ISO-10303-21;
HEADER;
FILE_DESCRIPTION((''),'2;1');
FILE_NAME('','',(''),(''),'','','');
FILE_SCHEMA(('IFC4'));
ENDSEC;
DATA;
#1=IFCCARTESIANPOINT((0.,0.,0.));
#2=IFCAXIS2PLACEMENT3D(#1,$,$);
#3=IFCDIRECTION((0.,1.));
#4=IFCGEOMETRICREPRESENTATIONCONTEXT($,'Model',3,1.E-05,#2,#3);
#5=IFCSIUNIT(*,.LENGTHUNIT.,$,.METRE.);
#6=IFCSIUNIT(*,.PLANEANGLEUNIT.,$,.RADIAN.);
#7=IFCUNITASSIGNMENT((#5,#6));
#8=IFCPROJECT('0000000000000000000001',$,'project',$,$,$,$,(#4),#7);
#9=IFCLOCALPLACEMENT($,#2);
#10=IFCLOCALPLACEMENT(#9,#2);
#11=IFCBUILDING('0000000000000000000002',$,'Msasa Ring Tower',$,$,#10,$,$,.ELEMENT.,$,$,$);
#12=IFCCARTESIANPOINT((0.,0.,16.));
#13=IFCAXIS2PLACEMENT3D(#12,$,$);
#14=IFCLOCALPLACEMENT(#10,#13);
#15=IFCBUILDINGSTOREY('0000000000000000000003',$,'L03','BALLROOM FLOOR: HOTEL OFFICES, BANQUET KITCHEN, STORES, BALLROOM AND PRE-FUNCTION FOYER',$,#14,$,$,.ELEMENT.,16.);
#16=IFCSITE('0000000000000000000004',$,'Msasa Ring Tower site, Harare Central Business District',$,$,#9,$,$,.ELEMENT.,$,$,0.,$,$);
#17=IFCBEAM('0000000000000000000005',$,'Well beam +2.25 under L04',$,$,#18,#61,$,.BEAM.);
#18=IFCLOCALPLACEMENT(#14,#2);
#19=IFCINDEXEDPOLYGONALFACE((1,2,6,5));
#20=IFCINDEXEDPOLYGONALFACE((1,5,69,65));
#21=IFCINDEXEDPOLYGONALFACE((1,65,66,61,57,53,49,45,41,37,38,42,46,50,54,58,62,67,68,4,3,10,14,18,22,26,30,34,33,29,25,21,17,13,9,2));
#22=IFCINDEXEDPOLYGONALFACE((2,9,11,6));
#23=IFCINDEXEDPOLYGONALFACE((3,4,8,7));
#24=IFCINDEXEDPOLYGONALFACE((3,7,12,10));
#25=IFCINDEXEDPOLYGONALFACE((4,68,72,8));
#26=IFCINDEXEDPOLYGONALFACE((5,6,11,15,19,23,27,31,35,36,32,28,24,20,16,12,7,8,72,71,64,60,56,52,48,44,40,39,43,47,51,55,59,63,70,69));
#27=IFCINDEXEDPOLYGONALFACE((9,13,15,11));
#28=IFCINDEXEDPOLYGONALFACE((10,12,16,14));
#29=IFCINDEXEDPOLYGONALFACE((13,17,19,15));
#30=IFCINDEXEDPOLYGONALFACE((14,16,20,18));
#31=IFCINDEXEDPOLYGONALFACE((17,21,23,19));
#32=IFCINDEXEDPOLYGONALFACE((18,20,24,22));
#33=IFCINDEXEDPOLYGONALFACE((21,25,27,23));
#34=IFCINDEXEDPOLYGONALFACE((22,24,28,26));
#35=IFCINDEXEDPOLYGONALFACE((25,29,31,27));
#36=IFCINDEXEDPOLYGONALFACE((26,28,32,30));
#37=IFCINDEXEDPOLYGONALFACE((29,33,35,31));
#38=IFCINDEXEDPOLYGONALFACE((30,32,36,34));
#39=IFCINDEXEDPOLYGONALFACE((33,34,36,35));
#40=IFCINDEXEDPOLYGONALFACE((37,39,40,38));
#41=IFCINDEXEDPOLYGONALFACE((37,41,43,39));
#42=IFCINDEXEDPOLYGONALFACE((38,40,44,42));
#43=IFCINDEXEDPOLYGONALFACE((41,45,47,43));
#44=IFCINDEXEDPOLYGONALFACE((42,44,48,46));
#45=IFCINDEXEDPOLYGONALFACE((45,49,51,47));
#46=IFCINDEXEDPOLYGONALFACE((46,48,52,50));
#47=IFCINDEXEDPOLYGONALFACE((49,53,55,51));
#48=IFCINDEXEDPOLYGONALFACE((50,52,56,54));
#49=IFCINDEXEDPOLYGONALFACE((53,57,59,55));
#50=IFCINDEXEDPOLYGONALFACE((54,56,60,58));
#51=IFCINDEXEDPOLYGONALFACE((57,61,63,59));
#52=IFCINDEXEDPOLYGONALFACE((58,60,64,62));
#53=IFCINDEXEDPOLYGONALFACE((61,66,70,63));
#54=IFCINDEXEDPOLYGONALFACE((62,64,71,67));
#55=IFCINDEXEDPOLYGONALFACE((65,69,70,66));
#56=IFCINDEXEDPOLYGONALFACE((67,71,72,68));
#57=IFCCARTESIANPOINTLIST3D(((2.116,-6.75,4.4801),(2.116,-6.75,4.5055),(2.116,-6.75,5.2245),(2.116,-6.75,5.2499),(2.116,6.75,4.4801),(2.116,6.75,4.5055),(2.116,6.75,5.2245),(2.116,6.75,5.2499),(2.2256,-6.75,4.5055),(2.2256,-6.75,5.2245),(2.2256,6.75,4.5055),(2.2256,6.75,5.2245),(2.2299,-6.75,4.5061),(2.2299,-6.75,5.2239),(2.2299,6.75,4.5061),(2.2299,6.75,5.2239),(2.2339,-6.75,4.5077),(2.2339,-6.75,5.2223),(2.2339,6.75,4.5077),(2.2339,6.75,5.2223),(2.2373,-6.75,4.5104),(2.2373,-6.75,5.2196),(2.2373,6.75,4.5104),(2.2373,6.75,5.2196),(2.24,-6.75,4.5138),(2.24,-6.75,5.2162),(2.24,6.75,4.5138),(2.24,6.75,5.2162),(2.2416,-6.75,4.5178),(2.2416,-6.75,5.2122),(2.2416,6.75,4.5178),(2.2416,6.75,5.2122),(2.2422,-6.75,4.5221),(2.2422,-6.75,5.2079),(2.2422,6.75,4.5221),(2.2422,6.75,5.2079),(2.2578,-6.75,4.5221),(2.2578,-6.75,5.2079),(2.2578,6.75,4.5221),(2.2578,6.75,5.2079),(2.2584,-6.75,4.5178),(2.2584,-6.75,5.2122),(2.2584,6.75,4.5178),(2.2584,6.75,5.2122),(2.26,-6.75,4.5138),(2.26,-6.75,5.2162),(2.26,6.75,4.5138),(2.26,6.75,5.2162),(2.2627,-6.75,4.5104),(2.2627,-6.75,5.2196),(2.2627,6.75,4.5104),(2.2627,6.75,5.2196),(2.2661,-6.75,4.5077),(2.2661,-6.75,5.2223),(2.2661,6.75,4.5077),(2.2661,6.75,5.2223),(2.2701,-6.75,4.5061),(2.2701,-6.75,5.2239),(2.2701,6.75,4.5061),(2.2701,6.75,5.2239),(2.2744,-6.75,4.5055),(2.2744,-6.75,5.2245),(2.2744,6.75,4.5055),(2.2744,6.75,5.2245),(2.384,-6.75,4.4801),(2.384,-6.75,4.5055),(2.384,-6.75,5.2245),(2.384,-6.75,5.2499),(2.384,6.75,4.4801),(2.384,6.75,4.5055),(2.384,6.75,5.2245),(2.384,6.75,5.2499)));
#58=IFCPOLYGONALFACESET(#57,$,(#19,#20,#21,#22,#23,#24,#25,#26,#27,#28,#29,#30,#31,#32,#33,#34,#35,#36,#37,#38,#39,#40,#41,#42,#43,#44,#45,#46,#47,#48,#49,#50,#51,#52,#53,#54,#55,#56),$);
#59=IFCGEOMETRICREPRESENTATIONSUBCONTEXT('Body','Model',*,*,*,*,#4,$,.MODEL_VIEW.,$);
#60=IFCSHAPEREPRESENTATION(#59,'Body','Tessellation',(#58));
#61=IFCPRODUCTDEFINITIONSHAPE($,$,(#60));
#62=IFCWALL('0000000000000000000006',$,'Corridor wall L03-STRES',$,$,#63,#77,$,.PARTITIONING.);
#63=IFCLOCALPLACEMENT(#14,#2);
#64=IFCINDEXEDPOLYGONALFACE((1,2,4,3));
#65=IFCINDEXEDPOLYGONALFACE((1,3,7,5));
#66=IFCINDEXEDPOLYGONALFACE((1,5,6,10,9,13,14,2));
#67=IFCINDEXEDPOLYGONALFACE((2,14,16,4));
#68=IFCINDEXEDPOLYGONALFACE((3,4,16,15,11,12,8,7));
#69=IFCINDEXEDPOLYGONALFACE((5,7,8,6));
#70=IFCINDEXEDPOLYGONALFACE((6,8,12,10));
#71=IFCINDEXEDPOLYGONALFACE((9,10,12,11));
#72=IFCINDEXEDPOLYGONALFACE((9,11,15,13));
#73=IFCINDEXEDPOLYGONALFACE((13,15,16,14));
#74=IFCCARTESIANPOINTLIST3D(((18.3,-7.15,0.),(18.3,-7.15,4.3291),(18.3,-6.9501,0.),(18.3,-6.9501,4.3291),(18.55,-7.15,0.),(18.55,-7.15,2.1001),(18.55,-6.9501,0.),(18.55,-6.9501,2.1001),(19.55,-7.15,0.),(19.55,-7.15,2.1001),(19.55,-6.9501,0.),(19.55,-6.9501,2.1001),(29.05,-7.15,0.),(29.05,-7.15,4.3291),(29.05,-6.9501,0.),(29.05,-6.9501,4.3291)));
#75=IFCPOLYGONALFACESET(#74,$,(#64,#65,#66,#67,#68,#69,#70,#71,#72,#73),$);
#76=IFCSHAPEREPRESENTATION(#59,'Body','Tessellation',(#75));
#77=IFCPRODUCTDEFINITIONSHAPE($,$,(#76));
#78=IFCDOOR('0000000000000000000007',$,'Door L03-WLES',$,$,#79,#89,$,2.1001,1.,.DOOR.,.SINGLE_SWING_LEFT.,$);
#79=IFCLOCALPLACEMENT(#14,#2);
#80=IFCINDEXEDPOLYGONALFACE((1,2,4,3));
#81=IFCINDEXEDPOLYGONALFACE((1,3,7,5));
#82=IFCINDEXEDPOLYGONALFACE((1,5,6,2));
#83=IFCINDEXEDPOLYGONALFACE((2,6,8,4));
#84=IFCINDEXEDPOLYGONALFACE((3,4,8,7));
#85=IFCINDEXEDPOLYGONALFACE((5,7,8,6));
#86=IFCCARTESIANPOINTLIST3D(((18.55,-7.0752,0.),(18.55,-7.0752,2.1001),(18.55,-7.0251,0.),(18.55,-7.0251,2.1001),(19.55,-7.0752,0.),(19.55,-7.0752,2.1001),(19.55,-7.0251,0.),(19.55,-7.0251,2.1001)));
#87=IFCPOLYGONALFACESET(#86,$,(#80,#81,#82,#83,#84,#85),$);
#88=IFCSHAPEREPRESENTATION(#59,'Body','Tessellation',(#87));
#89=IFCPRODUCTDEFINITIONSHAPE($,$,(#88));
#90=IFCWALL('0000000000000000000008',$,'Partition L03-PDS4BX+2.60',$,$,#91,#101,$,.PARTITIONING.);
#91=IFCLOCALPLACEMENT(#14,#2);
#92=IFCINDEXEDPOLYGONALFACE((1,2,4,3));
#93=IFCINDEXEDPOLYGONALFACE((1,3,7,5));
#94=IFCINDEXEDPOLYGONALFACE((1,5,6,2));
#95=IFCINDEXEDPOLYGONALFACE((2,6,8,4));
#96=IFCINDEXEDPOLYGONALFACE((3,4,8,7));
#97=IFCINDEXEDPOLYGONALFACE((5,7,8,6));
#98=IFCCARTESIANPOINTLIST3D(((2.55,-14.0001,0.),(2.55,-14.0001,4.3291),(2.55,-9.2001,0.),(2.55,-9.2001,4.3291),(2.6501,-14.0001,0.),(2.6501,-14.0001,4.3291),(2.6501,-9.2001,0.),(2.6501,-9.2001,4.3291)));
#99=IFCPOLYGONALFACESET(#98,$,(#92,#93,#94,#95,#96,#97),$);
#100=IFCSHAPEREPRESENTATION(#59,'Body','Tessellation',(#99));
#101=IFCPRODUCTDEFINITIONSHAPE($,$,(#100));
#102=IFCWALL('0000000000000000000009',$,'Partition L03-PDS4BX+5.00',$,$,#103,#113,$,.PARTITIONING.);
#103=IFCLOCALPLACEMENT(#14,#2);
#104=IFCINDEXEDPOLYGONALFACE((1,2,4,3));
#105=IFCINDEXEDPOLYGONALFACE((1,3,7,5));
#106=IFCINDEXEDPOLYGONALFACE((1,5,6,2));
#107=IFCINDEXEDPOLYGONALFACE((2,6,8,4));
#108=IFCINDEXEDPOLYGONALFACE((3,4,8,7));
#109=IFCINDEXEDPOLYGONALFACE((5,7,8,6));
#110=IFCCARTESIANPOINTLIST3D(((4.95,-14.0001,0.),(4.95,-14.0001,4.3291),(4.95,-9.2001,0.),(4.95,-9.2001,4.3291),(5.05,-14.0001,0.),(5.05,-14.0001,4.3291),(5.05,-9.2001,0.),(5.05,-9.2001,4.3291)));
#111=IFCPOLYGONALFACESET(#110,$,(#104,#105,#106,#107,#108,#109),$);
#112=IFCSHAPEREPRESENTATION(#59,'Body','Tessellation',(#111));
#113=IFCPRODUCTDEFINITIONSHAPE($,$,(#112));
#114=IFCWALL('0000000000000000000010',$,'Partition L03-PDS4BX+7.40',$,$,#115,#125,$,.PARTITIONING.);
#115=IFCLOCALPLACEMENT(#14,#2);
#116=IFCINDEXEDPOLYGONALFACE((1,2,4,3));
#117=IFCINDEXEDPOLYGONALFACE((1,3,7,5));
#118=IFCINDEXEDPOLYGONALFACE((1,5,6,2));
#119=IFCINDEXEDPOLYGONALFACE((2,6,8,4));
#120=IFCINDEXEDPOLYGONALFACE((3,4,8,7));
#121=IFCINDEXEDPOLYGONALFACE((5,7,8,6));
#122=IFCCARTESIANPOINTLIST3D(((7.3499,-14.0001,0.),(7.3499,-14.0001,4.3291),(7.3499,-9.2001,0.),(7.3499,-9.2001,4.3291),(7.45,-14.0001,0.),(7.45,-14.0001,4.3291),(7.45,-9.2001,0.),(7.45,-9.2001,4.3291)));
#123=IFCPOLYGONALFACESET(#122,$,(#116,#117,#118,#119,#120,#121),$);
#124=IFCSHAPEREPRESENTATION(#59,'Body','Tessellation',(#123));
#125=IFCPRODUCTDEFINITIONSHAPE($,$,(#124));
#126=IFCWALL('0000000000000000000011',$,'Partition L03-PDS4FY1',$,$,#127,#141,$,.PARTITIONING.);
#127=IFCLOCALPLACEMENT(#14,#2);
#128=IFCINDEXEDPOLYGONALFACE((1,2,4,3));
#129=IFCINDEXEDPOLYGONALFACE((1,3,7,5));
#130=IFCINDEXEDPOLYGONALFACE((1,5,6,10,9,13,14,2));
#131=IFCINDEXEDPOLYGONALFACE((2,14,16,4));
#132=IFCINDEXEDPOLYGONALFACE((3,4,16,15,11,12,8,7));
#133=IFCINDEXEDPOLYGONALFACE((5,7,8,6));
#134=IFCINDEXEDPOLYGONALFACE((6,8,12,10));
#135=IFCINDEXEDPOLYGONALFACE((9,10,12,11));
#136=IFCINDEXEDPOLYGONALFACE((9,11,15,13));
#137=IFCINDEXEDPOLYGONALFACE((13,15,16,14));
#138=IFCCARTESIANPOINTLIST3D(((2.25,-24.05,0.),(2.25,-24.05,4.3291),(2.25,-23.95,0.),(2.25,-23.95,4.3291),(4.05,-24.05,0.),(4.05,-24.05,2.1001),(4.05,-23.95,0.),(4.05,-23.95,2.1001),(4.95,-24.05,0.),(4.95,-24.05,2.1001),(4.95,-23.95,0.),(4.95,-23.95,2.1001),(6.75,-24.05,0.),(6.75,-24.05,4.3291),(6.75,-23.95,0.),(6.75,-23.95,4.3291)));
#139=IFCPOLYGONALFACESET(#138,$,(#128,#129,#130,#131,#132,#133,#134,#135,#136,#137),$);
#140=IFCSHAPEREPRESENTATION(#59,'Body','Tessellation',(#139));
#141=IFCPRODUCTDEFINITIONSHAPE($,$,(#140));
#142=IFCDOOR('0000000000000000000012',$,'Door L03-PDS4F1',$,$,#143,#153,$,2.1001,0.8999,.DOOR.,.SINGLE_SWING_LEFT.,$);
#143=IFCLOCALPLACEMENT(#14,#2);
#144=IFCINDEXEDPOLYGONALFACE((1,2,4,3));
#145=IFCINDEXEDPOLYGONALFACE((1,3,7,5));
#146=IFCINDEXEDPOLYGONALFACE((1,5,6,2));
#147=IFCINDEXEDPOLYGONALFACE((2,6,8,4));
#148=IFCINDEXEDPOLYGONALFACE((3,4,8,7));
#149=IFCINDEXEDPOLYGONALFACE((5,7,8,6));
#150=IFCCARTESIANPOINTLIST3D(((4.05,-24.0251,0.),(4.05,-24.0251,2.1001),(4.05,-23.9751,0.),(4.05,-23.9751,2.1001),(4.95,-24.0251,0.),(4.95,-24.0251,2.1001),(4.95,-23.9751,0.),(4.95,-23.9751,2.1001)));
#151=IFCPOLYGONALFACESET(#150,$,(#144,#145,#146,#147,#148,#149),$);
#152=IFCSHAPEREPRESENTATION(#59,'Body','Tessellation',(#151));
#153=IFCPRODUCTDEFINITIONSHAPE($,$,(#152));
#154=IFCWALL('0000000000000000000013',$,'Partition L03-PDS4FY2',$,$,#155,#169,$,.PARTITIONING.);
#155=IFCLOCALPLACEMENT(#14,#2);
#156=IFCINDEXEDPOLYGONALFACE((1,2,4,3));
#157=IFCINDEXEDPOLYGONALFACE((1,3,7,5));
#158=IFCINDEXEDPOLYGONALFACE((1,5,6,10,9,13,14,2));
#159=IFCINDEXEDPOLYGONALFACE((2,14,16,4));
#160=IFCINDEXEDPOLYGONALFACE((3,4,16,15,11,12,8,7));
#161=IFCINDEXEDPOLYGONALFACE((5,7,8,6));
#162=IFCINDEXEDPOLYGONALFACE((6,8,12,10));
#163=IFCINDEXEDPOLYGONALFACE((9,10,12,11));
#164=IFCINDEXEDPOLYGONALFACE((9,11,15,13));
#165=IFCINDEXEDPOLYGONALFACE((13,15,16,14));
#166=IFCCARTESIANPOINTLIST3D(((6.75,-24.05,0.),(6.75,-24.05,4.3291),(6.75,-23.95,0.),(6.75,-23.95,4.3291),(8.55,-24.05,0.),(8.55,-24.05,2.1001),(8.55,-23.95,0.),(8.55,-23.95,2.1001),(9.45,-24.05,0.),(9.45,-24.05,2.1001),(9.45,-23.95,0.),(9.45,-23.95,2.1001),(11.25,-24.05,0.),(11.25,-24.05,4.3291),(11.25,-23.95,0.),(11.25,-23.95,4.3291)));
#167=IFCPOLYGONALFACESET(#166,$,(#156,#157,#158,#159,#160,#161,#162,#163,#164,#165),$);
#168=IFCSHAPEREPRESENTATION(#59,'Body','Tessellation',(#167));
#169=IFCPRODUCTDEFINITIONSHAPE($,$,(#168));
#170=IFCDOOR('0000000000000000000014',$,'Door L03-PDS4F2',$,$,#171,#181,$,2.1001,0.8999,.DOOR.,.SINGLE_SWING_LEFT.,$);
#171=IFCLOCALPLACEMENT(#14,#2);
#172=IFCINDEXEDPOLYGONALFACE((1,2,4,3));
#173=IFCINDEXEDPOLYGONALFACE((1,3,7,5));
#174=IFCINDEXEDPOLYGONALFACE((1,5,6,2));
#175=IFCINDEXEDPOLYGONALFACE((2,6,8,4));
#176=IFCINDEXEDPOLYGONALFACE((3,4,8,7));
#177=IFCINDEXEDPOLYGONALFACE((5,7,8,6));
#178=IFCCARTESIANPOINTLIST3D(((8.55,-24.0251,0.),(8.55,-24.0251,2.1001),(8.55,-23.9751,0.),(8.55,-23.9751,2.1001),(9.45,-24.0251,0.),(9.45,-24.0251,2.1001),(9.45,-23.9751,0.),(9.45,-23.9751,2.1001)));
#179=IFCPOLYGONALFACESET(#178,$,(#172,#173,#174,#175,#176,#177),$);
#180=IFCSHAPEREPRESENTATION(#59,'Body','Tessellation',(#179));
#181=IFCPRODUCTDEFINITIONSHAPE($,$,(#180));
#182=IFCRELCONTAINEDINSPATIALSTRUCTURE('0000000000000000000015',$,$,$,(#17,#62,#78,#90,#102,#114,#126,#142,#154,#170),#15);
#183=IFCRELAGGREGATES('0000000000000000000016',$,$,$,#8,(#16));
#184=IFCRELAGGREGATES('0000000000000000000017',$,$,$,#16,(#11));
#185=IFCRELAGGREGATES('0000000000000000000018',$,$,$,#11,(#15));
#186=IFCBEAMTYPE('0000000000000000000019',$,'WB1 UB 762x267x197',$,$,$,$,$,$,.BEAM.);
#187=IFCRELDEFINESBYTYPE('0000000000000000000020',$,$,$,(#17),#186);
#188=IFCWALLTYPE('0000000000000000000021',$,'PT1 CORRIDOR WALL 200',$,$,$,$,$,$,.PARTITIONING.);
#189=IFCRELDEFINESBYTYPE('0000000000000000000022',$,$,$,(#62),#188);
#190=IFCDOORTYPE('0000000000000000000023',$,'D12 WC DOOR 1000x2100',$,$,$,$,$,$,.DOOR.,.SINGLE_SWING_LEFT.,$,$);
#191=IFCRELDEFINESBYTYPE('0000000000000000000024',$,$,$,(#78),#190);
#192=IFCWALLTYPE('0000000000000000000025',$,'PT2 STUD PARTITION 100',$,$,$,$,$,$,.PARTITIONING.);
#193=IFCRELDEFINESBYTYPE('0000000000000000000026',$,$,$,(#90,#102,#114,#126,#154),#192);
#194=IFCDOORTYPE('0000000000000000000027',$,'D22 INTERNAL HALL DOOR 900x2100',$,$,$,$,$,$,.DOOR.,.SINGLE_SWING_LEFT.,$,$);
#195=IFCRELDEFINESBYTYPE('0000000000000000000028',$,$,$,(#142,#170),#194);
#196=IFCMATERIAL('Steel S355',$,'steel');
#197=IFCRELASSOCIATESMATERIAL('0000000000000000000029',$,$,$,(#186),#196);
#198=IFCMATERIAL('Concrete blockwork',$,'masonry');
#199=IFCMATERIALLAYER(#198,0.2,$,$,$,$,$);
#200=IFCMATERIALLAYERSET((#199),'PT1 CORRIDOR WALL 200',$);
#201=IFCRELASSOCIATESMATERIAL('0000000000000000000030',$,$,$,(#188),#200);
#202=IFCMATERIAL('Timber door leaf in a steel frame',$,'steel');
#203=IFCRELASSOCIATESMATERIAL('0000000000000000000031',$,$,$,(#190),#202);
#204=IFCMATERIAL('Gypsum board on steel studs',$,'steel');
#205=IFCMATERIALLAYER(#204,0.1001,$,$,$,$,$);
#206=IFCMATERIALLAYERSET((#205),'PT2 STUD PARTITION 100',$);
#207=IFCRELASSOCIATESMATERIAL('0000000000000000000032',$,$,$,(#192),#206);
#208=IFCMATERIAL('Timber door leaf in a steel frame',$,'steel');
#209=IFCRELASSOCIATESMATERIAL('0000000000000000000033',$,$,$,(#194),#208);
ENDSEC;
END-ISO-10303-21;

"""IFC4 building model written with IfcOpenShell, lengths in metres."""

from ifc_helpers import new_model, si_unit, direction, frame, frame_2d, origin, origin_2d, place, context, subcontext, project, spatial, rectangle, i_section, extrude, material, layer, layer_set, material_profile, profile_set, type_object, element, fill, save


model = new_model("IFC4")

# Units and contexts
model_context = context("Model", 3, precision=1e-05, world=origin(), true_north=direction((0.0, 1.0)))
body_context = subcontext(model_context, "Body", "Model", "MODEL_VIEW")
ifc_project = project(units=[si_unit("LENGTHUNIT", "METRE"), si_unit("PLANEANGLEUNIT", "RADIAN")], contexts=[model_context])

# Site, building, storey
site_placement = place(None, origin())
site = spatial("IfcSite", under=ifc_project, at=site_placement, Name="Msasa Ring Tower site, Harare Central Business District", CompositionType="ELEMENT", RefElevation=0.0)
building_placement = place(site_placement, origin())
building = spatial("IfcBuilding", under=site, at=building_placement, Name="Msasa Ring Tower", CompositionType="ELEMENT")
storey_placement = place(building_placement, frame((0.0, 0.0, 16.0)))
storey = spatial("IfcBuildingStorey", under=building, at=storey_placement, Name="L03", Description="BALLROOM FLOOR: HOTEL OFFICES, BANQUET KITCHEN, STORES, BALLROOM AND PRE-FUNCTION FOYER", CompositionType="ELEMENT", Elevation=16.0)

# Beam
ifc_material_1 = material(Name="Steel S355", Category="steel")
ifc_material_profile_1 = material_profile(ifc_material_1, i_section(OverallWidth=0.2681, OverallDepth=0.7698, WebThickness=0.0156, FlangeThickness=0.0254, FilletRadius=0.0166, at=origin_2d()), Name="UB 762x267x197")
ifc_profile_set_1 = profile_set([ifc_material_profile_1], Name="Steel S355")
beam_type_1 = type_object("IfcBeamType", Name="WB1 UB 762x267x197", PredefinedType="BEAM", material=ifc_profile_set_1)
beam_1_placement = place(storey_placement, frame((2.25, -6.75, 4.865), z_axis=(0.0, 1.0, 0.0), x_axis=(-1.0, 0.0, 0.0)))
element("IfcBeam", 1, at=beam_1_placement, inside=storey, type_object=beam_type_1, Name="Well beam +2.25 under L04", PredefinedType="BEAM", context=body_context, shape_type="SweptSolid", body=[
    extrude(i_section(OverallWidth=0.2681, OverallDepth=0.7698, WebThickness=0.0156, FlangeThickness=0.0254, FilletRadius=0.0166, at=origin_2d()), origin(), (0.0, 0.0, 1.0), 13.5),
])

# Wall, opening, door
ifc_material_2 = material(Name="Concrete blockwork", Category="masonry")
ifc_layer_1 = layer(ifc_material_2, 0.2)
ifc_layer_set_1 = layer_set([ifc_layer_1], Name="PT1 CORRIDOR WALL 200")
wall_type_1 = type_object("IfcWallType", Name="PT1 CORRIDOR WALL 200", PredefinedType="PARTITIONING", material=ifc_layer_set_1)
wall_1_placement = place(storey_placement, frame((18.3, -7.05, 0.0), z_axis=(0.0, 0.0, 1.0), x_axis=(1.0, 0.0, 0.0)))
wall_1 = element("IfcWall", 2, at=wall_1_placement, inside=storey, type_object=wall_type_1, Name="Corridor wall L03-STRES", PredefinedType="PARTITIONING", context=body_context, shape_type="SweptSolid", body=[
    extrude(rectangle(XDim=10.75, YDim=0.2, at=frame_2d((5.375, 0.0))), origin(), (0.0, 0.0, 1.0), 4.3291),
])
opening_1_placement = place(wall_1_placement, frame((0.25, 0.0, 0.0)))
opening_1 = element("IfcOpeningElement", 3, at=opening_1_placement, cuts=wall_1, PredefinedType="OPENING", context=body_context, shape_type="SweptSolid", body=[
    extrude(rectangle(XDim=1.0, YDim=2.1001, at=frame_2d((0.5, 1.05))), frame((0.0, 0.1099, 0.0), z_axis=(0.0, -1.0, 0.0), x_axis=(1.0, 0.0, 0.0)), (0.0, 0.0, 1.0), 0.22),
])
ifc_material_3 = material(Name="Timber door leaf in a steel frame", Category="steel")
door_type_1 = type_object("IfcDoorType", Name="D12 WC DOOR 1000x2100", OperationType="SINGLE_SWING_LEFT", PredefinedType="DOOR", material=ifc_material_3)
door_1_placement = place(opening_1_placement, origin())
door_1 = element("IfcDoor", 4, at=door_1_placement, inside=storey, type_object=door_type_1, Name="Door L03-WLES", OperationType="SINGLE_SWING_LEFT", OverallHeight=2.1001, OverallWidth=1.0, PredefinedType="DOOR", context=body_context, shape_type="SweptSolid", body=[
    extrude(rectangle(XDim=1.0, YDim=2.1001, at=frame_2d((0.5, 1.05))), frame((0.0, 0.0249, 0.0), z_axis=(0.0, -1.0, 0.0), x_axis=(1.0, 0.0, 0.0)), (0.0, 0.0, 1.0), 0.05),
])
fill(opening_1, door_1)

# Walls
ifc_material_4 = material(Name="Gypsum board on steel studs", Category="steel")
ifc_layer_2 = layer(ifc_material_4, 0.1001)
ifc_layer_set_2 = layer_set([ifc_layer_2], Name="PT2 STUD PARTITION 100")
wall_type_2 = type_object("IfcWallType", Name="PT2 STUD PARTITION 100", PredefinedType="PARTITIONING", material=ifc_layer_set_2)
for number, where, z_axis, x_axis, name in (
    (5, (2.6001, -14.0, 0.0), (0.0, 0.0, 1.0), (0.0, 1.0, 0.0), "Partition L03-PDS4BX+2.60"),
    (6, (5.0, -14.0, 0.0), (0.0, 0.0, 1.0), (0.0, 1.0, 0.0), "Partition L03-PDS4BX+5.00"),
    (7, (7.3999, -14.0, 0.0), (0.0, 0.0, 1.0), (0.0, 1.0, 0.0), "Partition L03-PDS4BX+7.40"),
):
    element("IfcWall", number, at=place(storey_placement, frame(where, z_axis=z_axis, x_axis=x_axis)), inside=storey, type_object=wall_type_2, Name=name, PredefinedType="PARTITIONING", context=body_context, shape_type="SweptSolid", body=[
        extrude(rectangle(XDim=4.8, YDim=0.1001, at=frame_2d((2.3999, 0.0))), origin(), (0.0, 0.0, 1.0), 4.3291),
    ])

# Walls, openings, doors
wall_2_placement = place(storey_placement, frame((2.25, -24.0, 0.0), z_axis=(0.0, 0.0, 1.0), x_axis=(1.0, 0.0, 0.0)))
wall_2 = element("IfcWall", 8, at=wall_2_placement, inside=storey, type_object=wall_type_2, Name="Partition L03-PDS4FY1", PredefinedType="PARTITIONING", context=body_context, shape_type="SweptSolid", body=[
    extrude(rectangle(XDim=4.5, YDim=0.1001, at=frame_2d((2.25, 0.0))), origin(), (0.0, 0.0, 1.0), 4.3291),
])
opening_2_placement = place(wall_2_placement, frame((1.8, 0.0, 0.0)))
opening_2 = element("IfcOpeningElement", 9, at=opening_2_placement, cuts=wall_2, PredefinedType="OPENING", context=body_context, shape_type="SweptSolid", body=[
    extrude(rectangle(XDim=0.8999, YDim=2.1001, at=frame_2d((0.45, 1.05))), frame((0.0, 0.0601, 0.0), z_axis=(0.0, -1.0, 0.0), x_axis=(1.0, 0.0, 0.0)), (0.0, 0.0, 1.0), 0.1201),
])
ifc_material_5 = material(Name="Timber door leaf in a steel frame", Category="steel")
door_type_2 = type_object("IfcDoorType", Name="D22 INTERNAL HALL DOOR 900x2100", OperationType="SINGLE_SWING_LEFT", PredefinedType="DOOR", material=ifc_material_5)
door_2_placement = place(opening_2_placement, origin())
door_2 = element("IfcDoor", 10, at=door_2_placement, inside=storey, type_object=door_type_2, Name="Door L03-PDS4F1", OperationType="SINGLE_SWING_LEFT", OverallHeight=2.1001, OverallWidth=0.8999, PredefinedType="DOOR", context=body_context, shape_type="SweptSolid", body=[
    extrude(rectangle(XDim=0.8999, YDim=2.1001, at=frame_2d((0.45, 1.05))), frame((0.0, 0.0249, 0.0), z_axis=(0.0, -1.0, 0.0), x_axis=(1.0, 0.0, 0.0)), (0.0, 0.0, 1.0), 0.05),
])
fill(opening_2, door_2)
wall_3_placement = place(storey_placement, frame((6.75, -24.0, 0.0), z_axis=(0.0, 0.0, 1.0), x_axis=(1.0, 0.0, 0.0)))
wall_3 = element("IfcWall", 11, at=wall_3_placement, inside=storey, type_object=wall_type_2, Name="Partition L03-PDS4FY2", PredefinedType="PARTITIONING", context=body_context, shape_type="SweptSolid", body=[
    extrude(rectangle(XDim=4.5, YDim=0.1001, at=frame_2d((2.25, 0.0))), origin(), (0.0, 0.0, 1.0), 4.3291),
])
opening_3_placement = place(wall_3_placement, frame((1.8, 0.0, 0.0)))
opening_3 = element("IfcOpeningElement", 12, at=opening_3_placement, cuts=wall_3, PredefinedType="OPENING", context=body_context, shape_type="SweptSolid", body=[
    extrude(rectangle(XDim=0.8999, YDim=2.1001, at=frame_2d((0.45, 1.05))), frame((0.0, 0.0601, 0.0), z_axis=(0.0, -1.0, 0.0), x_axis=(1.0, 0.0, 0.0)), (0.0, 0.0, 1.0), 0.1201),
])
door_3_placement = place(opening_3_placement, origin())
door_3 = element("IfcDoor", 13, at=door_3_placement, inside=storey, type_object=door_type_2, Name="Door L03-PDS4F2", OperationType="SINGLE_SWING_LEFT", OverallHeight=2.1001, OverallWidth=0.8999, PredefinedType="DOOR", context=body_context, shape_type="SweptSolid", body=[
    extrude(rectangle(XDim=0.8999, YDim=2.1001, at=frame_2d((0.45, 1.05))), frame((0.0, 0.0249, 0.0), z_axis=(0.0, -1.0, 0.0), x_axis=(1.0, 0.0, 0.0)), (0.0, 0.0, 1.0), 0.05),
])
fill(opening_3, door_3)

save(model, "model.ifc")
